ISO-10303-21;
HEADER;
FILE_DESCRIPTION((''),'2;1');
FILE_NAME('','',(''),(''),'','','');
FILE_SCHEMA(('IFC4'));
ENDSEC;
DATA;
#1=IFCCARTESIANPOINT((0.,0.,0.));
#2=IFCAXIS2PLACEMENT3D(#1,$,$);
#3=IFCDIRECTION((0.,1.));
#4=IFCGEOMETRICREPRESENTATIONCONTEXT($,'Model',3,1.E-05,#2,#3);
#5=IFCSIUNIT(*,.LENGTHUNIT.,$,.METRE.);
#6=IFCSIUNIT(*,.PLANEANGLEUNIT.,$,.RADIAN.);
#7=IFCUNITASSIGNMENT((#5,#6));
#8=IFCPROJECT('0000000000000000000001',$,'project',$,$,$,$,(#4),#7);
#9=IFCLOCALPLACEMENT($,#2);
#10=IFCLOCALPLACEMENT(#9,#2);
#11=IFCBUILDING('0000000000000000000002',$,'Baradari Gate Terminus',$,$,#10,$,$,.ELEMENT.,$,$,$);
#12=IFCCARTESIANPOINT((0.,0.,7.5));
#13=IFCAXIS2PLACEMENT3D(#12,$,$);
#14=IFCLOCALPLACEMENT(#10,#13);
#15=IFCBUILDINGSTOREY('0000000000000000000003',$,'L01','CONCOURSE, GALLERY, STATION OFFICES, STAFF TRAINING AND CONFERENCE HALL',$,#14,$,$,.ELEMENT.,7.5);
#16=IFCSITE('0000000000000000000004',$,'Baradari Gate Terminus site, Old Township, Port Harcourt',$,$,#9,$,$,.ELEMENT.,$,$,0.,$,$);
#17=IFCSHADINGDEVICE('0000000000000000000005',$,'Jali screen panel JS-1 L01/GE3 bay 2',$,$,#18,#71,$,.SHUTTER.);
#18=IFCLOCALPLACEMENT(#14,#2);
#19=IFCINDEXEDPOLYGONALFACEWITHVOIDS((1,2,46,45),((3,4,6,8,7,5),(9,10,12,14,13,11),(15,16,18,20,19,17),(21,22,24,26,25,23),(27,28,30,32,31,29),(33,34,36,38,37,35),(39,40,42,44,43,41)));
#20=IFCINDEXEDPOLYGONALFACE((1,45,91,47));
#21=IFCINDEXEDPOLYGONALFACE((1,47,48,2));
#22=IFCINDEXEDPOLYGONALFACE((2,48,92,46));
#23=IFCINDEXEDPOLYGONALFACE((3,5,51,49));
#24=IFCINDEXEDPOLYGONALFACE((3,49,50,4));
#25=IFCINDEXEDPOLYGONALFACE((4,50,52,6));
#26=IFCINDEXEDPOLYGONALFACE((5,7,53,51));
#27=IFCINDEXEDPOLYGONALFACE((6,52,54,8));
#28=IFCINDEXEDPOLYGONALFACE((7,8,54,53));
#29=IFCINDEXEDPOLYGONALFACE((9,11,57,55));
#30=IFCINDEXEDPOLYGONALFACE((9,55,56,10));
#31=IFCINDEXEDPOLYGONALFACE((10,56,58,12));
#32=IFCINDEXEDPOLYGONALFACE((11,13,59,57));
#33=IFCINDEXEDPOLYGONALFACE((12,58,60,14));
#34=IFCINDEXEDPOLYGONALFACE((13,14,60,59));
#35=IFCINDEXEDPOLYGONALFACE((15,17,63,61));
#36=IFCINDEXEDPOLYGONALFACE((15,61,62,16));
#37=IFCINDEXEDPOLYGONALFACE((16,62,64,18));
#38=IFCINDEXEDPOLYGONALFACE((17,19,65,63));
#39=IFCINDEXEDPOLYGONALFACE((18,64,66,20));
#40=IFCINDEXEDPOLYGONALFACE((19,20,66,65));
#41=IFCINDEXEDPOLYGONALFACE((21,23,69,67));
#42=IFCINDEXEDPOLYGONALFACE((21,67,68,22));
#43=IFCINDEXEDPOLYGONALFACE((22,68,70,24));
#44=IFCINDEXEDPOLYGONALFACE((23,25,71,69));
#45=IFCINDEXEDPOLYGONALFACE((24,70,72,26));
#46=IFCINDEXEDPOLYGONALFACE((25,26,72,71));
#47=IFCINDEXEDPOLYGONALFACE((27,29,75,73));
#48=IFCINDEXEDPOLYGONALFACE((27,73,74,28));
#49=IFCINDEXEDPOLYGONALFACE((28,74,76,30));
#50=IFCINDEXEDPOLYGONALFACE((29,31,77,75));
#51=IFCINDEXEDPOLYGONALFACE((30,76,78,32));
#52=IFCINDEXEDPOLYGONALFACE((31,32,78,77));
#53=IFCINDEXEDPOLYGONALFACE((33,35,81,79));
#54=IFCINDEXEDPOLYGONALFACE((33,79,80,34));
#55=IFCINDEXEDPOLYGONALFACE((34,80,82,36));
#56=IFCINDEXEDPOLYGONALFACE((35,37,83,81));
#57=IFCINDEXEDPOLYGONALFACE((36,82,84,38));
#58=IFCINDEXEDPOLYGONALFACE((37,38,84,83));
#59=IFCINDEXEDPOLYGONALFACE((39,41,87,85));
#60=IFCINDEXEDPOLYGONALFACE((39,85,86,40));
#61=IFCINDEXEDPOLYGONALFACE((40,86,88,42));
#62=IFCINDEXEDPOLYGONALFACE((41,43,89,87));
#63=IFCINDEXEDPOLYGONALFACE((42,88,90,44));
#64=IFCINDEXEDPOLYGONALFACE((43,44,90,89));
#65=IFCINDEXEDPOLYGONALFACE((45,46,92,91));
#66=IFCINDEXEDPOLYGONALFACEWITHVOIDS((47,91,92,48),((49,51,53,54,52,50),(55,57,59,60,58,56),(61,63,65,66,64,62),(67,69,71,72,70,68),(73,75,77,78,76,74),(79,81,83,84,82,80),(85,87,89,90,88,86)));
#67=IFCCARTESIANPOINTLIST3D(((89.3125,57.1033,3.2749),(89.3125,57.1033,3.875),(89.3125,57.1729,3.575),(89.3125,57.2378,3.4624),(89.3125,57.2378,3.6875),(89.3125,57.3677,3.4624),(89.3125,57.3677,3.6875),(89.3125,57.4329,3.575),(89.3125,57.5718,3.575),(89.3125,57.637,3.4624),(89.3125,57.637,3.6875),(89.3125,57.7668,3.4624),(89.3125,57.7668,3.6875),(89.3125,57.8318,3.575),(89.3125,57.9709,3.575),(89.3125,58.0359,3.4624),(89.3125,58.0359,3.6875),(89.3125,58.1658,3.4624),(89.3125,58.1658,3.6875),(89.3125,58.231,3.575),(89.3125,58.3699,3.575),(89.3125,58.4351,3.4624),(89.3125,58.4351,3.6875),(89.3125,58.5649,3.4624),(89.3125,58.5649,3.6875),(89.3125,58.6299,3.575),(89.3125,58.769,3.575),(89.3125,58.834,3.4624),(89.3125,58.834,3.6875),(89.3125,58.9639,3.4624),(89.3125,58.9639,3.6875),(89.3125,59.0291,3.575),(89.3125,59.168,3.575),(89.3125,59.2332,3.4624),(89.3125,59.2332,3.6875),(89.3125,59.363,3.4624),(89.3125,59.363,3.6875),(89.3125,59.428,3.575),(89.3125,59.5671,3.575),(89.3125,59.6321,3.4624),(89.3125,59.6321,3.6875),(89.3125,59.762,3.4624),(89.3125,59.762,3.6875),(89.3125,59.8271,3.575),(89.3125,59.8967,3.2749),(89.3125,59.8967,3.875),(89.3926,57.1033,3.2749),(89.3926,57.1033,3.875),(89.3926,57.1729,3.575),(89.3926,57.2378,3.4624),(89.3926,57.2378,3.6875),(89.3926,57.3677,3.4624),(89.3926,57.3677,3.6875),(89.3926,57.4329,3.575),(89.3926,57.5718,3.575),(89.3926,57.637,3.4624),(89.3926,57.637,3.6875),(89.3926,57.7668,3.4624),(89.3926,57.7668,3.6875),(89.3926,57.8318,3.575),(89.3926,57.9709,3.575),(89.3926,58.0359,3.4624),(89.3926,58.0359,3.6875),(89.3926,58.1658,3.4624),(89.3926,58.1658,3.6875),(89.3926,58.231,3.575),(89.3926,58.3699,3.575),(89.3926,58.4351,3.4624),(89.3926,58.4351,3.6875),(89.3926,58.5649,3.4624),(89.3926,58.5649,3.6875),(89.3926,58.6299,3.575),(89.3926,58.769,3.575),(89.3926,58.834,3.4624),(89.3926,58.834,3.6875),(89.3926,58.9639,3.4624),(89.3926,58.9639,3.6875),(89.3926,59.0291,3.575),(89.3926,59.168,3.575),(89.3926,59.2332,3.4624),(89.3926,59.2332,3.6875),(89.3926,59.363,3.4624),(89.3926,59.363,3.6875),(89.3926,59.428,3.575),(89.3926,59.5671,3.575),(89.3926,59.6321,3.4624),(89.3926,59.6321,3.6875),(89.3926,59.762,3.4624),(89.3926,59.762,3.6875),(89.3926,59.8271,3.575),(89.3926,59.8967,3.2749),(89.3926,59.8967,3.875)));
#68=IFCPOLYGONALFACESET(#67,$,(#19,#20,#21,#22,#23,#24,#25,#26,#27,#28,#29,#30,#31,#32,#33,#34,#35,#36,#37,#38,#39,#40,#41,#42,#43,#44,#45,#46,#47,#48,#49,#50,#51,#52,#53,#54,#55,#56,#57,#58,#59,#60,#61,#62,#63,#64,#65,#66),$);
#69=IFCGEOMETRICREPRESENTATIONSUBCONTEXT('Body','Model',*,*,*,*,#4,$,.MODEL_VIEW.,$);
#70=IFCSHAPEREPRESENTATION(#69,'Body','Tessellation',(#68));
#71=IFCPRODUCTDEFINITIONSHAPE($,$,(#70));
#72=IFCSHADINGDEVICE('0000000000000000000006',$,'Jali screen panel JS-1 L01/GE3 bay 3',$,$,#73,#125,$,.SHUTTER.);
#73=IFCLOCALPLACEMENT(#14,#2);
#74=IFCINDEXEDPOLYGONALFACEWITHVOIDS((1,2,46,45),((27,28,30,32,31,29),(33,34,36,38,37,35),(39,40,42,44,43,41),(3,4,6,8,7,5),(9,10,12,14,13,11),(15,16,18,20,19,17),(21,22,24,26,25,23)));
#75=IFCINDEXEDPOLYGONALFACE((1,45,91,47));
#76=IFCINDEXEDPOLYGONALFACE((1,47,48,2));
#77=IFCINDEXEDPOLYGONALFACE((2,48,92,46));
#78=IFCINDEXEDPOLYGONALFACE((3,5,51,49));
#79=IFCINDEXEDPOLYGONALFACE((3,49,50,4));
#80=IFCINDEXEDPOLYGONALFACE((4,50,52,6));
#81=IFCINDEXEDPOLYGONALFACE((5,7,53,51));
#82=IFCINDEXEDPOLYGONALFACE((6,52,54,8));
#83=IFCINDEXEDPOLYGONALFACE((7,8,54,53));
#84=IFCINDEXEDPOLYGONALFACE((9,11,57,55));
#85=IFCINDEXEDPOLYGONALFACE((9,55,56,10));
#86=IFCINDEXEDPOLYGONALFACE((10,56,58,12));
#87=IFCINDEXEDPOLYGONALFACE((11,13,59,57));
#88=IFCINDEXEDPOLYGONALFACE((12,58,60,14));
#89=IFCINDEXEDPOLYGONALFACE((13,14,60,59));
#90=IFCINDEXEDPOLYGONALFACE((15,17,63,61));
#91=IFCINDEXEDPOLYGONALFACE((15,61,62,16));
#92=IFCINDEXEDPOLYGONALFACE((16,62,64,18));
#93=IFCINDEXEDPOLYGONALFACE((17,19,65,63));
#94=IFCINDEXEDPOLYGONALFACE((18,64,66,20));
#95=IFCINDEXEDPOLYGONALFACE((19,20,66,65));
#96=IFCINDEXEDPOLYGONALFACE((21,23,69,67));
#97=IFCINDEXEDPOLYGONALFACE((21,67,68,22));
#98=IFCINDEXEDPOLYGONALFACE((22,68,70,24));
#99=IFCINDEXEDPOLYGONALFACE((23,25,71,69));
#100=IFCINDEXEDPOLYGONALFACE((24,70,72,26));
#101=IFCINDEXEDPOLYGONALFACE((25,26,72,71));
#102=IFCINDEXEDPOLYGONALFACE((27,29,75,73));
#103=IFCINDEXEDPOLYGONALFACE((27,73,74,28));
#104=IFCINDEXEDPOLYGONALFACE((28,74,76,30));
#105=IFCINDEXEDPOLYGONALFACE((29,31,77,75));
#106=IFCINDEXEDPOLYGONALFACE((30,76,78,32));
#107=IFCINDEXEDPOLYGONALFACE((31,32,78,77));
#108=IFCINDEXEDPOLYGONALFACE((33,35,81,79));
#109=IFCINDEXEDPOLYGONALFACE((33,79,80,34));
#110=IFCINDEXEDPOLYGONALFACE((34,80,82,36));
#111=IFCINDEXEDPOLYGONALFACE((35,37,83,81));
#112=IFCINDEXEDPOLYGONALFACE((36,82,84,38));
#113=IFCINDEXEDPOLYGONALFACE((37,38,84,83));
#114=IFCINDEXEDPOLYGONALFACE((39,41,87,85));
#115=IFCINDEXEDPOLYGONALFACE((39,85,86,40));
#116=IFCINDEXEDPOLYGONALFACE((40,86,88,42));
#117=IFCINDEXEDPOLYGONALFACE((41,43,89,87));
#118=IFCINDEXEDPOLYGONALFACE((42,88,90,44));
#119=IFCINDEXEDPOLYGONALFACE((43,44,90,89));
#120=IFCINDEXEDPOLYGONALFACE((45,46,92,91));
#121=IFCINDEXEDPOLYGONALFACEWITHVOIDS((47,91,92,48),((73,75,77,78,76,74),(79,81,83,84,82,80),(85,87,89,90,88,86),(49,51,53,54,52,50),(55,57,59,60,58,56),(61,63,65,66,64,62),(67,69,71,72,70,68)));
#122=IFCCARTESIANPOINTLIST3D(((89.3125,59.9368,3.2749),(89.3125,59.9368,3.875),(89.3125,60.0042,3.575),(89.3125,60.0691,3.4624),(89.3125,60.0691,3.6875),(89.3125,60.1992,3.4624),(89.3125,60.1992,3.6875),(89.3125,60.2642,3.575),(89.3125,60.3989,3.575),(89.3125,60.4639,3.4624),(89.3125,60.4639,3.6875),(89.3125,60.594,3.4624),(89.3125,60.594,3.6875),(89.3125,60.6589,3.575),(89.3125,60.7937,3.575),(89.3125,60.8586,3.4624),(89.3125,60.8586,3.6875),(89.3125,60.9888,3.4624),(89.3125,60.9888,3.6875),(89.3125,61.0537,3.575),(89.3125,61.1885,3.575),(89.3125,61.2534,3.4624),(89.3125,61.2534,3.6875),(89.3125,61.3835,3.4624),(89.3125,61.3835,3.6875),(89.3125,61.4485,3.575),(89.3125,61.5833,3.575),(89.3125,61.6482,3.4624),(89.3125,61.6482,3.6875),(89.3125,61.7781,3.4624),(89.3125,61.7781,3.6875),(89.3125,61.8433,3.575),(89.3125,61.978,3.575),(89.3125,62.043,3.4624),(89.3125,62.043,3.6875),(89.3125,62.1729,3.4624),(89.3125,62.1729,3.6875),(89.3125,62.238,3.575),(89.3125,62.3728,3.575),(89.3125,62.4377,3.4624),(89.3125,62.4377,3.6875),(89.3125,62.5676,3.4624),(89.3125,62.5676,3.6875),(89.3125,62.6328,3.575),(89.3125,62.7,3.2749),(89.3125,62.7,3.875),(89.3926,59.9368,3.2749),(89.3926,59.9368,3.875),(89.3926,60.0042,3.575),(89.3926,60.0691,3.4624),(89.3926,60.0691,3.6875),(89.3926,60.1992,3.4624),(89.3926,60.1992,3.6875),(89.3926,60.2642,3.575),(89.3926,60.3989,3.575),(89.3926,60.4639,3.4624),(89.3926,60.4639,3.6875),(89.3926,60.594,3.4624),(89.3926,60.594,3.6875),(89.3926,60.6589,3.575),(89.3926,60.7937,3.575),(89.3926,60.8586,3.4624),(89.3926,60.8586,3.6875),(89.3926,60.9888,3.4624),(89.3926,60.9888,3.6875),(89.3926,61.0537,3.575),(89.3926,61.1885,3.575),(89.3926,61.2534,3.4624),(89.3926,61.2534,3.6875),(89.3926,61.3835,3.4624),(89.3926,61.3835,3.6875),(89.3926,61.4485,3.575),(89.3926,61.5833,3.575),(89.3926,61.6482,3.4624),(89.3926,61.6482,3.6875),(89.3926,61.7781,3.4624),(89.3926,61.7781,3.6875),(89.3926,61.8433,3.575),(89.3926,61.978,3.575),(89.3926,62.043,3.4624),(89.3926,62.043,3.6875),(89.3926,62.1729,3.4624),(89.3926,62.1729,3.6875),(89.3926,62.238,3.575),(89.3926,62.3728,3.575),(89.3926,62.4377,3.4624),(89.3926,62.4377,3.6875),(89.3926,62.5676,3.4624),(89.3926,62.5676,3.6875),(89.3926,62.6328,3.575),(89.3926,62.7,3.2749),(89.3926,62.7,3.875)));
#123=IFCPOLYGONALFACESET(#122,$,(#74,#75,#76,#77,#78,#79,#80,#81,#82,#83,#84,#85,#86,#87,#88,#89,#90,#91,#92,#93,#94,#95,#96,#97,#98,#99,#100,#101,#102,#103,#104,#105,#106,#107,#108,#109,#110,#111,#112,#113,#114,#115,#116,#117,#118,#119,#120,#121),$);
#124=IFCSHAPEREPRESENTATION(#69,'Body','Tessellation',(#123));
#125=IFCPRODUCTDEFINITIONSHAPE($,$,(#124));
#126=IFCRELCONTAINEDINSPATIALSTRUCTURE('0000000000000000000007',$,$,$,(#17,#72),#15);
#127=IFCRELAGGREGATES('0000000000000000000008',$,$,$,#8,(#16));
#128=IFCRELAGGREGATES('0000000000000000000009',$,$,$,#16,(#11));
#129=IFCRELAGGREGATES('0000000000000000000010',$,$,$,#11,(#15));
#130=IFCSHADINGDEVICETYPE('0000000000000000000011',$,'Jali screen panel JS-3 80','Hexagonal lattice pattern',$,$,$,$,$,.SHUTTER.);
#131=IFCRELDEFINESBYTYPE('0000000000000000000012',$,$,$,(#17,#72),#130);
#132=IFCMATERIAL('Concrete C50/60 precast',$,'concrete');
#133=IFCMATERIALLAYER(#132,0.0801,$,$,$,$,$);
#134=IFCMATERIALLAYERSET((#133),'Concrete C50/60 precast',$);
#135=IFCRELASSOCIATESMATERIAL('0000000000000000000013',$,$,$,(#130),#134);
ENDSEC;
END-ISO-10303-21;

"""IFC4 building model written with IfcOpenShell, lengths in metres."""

from ifc_helpers import new_model, si_unit, direction, frame, origin, place, context, subcontext, project, spatial, polyline, outline, extrude, material, layer, layer_set, type_object, element, save


model = new_model("IFC4")

# Units and contexts
model_context = context("Model", 3, precision=1e-05, world=origin(), true_north=direction((0.0, 1.0)))
body_context = subcontext(model_context, "Body", "Model", "MODEL_VIEW")
ifc_project = project(units=[si_unit("LENGTHUNIT", "METRE"), si_unit("PLANEANGLEUNIT", "RADIAN")], contexts=[model_context])

# Site, building, storey
site_placement = place(None, origin())
site = spatial("IfcSite", under=ifc_project, at=site_placement, Name="Baradari Gate Terminus site, Old Township, Port Harcourt", CompositionType="ELEMENT", RefElevation=0.0)
building_placement = place(site_placement, origin())
building = spatial("IfcBuilding", under=site, at=building_placement, Name="Baradari Gate Terminus", CompositionType="ELEMENT")
storey_placement = place(building_placement, frame((0.0, 0.0, 7.5)))
storey = spatial("IfcBuildingStorey", under=building, at=storey_placement, Name="L01", Description="CONCOURSE, GALLERY, STATION OFFICES, STAFF TRAINING AND CONFERENCE HALL", CompositionType="ELEMENT", Elevation=7.5)

# Shading devices
ifc_material_1 = material(Name="Concrete C50/60 precast", Category="concrete")
ifc_layer_1 = layer(ifc_material_1, 0.0801)
ifc_layer_set_1 = layer_set([ifc_layer_1], Name="Concrete C50/60 precast")
shading_device_type = type_object("IfcShadingDeviceType", Name="Jali screen panel JS-3 80", Description="Hexagonal lattice pattern", PredefinedType="SHUTTER", material=ifc_layer_set_1)
shading_device_1_placement = place(storey_placement, frame((89.3525, 57.1033, 3.2749), z_axis=(0.0, 0.0, 1.0), x_axis=(0.0, 1.0, 0.0)))
element("IfcShadingDevice", 1, at=shading_device_1_placement, inside=storey, type_object=shading_device_type, Name="Jali screen panel JS-1 L01/GE3 bay 2", PredefinedType="SHUTTER", context=body_context, shape_type="SweptSolid", body=[
    extrude(outline(polyline([(0.0, 0.0), (2.7935, 0.0), (2.7935, 0.6001), (0.0, 0.6001), (0.0, 0.0)]), holes=[polyline([(0.3296, 0.3), (0.2644, 0.1875), (0.1345, 0.1875), (0.0696, 0.3), (0.1345, 0.4126), (0.2644, 0.4126), (0.3296, 0.3)]), polyline([(0.7285, 0.3), (0.6636, 0.1875), (0.5337, 0.1875), (0.4685, 0.3), (0.5337, 0.4126), (0.6636, 0.4126), (0.7285, 0.3)]), polyline([(1.1277, 0.3), (1.0625, 0.1875), (0.9326, 0.1875), (0.8677, 0.3), (0.9326, 0.4126), (1.0625, 0.4126), (1.1277, 0.3)]), polyline([(1.5266, 0.3), (1.4617, 0.1875), (1.3318, 0.1875), (1.2666, 0.3), (1.3318, 0.4126), (1.4617, 0.4126), (1.5266, 0.3)]), polyline([(1.9258, 0.3), (1.8606, 0.1875), (1.7307, 0.1875), (1.6658, 0.3), (1.7307, 0.4126), (1.8606, 0.4126), (1.9258, 0.3)]), polyline([(2.3247, 0.3), (2.2598, 0.1875), (2.1299, 0.1875), (2.0647, 0.3), (2.1299, 0.4126), (2.2598, 0.4126), (2.3247, 0.3)]), polyline([(2.7239, 0.3), (2.6587, 0.1875), (2.5288, 0.1875), (2.4639, 0.3), (2.5288, 0.4126), (2.6587, 0.4126), (2.7239, 0.3)])]), frame((0.0, 0.04, 0.0), z_axis=(0.0, -1.0, 0.0), x_axis=(1.0, 0.0, 0.0)), (0.0, 0.0, 1.0), 0.0801),
])
shading_device_2_placement = place(storey_placement, frame((89.3525, 59.9368, 3.2749), z_axis=(0.0, 0.0, 1.0), x_axis=(0.0, 1.0, 0.0)))
element("IfcShadingDevice", 2, at=shading_device_2_placement, inside=storey, type_object=shading_device_type, Name="Jali screen panel JS-1 L01/GE3 bay 3", PredefinedType="SHUTTER", context=body_context, shape_type="SweptSolid", body=[
    extrude(outline(polyline([(0.0, 0.0), (2.7632, 0.0), (2.7632, 0.6001), (0.0, 0.6001), (0.0, 0.0)]), holes=[polyline([(0.3274, 0.3), (0.2625, 0.1875), (0.1323, 0.1875), (0.0674, 0.3), (0.1323, 0.4126), (0.2625, 0.4126), (0.3274, 0.3)]), polyline([(0.7222, 0.3), (0.6572, 0.1875), (0.5271, 0.1875), (0.4622, 0.3), (0.5271, 0.4126), (0.6572, 0.4126), (0.7222, 0.3)]), polyline([(1.1169, 0.3), (1.052, 0.1875), (0.9219, 0.1875), (0.8569, 0.3), (0.9219, 0.4126), (1.052, 0.4126), (1.1169, 0.3)]), polyline([(1.5117, 0.3), (1.4468, 0.1875), (1.3167, 0.1875), (1.2517, 0.3), (1.3167, 0.4126), (1.4468, 0.4126), (1.5117, 0.3)]), polyline([(1.9065, 0.3), (1.8413, 0.1875), (1.7114, 0.1875), (1.6465, 0.3), (1.7114, 0.4126), (1.8413, 0.4126), (1.9065, 0.3)]), polyline([(2.3013, 0.3), (2.2361, 0.1875), (2.1062, 0.1875), (2.0413, 0.3), (2.1062, 0.4126), (2.2361, 0.4126), (2.3013, 0.3)]), polyline([(2.696, 0.3), (2.6309, 0.1875), (2.501, 0.1875), (2.436, 0.3), (2.501, 0.4126), (2.6309, 0.4126), (2.696, 0.3)])]), frame((0.0, 0.04, 0.0), z_axis=(0.0, -1.0, 0.0), x_axis=(1.0, 0.0, 0.0)), (0.0, 0.0, 1.0), 0.0801),
])

save(model, "model.ifc")
